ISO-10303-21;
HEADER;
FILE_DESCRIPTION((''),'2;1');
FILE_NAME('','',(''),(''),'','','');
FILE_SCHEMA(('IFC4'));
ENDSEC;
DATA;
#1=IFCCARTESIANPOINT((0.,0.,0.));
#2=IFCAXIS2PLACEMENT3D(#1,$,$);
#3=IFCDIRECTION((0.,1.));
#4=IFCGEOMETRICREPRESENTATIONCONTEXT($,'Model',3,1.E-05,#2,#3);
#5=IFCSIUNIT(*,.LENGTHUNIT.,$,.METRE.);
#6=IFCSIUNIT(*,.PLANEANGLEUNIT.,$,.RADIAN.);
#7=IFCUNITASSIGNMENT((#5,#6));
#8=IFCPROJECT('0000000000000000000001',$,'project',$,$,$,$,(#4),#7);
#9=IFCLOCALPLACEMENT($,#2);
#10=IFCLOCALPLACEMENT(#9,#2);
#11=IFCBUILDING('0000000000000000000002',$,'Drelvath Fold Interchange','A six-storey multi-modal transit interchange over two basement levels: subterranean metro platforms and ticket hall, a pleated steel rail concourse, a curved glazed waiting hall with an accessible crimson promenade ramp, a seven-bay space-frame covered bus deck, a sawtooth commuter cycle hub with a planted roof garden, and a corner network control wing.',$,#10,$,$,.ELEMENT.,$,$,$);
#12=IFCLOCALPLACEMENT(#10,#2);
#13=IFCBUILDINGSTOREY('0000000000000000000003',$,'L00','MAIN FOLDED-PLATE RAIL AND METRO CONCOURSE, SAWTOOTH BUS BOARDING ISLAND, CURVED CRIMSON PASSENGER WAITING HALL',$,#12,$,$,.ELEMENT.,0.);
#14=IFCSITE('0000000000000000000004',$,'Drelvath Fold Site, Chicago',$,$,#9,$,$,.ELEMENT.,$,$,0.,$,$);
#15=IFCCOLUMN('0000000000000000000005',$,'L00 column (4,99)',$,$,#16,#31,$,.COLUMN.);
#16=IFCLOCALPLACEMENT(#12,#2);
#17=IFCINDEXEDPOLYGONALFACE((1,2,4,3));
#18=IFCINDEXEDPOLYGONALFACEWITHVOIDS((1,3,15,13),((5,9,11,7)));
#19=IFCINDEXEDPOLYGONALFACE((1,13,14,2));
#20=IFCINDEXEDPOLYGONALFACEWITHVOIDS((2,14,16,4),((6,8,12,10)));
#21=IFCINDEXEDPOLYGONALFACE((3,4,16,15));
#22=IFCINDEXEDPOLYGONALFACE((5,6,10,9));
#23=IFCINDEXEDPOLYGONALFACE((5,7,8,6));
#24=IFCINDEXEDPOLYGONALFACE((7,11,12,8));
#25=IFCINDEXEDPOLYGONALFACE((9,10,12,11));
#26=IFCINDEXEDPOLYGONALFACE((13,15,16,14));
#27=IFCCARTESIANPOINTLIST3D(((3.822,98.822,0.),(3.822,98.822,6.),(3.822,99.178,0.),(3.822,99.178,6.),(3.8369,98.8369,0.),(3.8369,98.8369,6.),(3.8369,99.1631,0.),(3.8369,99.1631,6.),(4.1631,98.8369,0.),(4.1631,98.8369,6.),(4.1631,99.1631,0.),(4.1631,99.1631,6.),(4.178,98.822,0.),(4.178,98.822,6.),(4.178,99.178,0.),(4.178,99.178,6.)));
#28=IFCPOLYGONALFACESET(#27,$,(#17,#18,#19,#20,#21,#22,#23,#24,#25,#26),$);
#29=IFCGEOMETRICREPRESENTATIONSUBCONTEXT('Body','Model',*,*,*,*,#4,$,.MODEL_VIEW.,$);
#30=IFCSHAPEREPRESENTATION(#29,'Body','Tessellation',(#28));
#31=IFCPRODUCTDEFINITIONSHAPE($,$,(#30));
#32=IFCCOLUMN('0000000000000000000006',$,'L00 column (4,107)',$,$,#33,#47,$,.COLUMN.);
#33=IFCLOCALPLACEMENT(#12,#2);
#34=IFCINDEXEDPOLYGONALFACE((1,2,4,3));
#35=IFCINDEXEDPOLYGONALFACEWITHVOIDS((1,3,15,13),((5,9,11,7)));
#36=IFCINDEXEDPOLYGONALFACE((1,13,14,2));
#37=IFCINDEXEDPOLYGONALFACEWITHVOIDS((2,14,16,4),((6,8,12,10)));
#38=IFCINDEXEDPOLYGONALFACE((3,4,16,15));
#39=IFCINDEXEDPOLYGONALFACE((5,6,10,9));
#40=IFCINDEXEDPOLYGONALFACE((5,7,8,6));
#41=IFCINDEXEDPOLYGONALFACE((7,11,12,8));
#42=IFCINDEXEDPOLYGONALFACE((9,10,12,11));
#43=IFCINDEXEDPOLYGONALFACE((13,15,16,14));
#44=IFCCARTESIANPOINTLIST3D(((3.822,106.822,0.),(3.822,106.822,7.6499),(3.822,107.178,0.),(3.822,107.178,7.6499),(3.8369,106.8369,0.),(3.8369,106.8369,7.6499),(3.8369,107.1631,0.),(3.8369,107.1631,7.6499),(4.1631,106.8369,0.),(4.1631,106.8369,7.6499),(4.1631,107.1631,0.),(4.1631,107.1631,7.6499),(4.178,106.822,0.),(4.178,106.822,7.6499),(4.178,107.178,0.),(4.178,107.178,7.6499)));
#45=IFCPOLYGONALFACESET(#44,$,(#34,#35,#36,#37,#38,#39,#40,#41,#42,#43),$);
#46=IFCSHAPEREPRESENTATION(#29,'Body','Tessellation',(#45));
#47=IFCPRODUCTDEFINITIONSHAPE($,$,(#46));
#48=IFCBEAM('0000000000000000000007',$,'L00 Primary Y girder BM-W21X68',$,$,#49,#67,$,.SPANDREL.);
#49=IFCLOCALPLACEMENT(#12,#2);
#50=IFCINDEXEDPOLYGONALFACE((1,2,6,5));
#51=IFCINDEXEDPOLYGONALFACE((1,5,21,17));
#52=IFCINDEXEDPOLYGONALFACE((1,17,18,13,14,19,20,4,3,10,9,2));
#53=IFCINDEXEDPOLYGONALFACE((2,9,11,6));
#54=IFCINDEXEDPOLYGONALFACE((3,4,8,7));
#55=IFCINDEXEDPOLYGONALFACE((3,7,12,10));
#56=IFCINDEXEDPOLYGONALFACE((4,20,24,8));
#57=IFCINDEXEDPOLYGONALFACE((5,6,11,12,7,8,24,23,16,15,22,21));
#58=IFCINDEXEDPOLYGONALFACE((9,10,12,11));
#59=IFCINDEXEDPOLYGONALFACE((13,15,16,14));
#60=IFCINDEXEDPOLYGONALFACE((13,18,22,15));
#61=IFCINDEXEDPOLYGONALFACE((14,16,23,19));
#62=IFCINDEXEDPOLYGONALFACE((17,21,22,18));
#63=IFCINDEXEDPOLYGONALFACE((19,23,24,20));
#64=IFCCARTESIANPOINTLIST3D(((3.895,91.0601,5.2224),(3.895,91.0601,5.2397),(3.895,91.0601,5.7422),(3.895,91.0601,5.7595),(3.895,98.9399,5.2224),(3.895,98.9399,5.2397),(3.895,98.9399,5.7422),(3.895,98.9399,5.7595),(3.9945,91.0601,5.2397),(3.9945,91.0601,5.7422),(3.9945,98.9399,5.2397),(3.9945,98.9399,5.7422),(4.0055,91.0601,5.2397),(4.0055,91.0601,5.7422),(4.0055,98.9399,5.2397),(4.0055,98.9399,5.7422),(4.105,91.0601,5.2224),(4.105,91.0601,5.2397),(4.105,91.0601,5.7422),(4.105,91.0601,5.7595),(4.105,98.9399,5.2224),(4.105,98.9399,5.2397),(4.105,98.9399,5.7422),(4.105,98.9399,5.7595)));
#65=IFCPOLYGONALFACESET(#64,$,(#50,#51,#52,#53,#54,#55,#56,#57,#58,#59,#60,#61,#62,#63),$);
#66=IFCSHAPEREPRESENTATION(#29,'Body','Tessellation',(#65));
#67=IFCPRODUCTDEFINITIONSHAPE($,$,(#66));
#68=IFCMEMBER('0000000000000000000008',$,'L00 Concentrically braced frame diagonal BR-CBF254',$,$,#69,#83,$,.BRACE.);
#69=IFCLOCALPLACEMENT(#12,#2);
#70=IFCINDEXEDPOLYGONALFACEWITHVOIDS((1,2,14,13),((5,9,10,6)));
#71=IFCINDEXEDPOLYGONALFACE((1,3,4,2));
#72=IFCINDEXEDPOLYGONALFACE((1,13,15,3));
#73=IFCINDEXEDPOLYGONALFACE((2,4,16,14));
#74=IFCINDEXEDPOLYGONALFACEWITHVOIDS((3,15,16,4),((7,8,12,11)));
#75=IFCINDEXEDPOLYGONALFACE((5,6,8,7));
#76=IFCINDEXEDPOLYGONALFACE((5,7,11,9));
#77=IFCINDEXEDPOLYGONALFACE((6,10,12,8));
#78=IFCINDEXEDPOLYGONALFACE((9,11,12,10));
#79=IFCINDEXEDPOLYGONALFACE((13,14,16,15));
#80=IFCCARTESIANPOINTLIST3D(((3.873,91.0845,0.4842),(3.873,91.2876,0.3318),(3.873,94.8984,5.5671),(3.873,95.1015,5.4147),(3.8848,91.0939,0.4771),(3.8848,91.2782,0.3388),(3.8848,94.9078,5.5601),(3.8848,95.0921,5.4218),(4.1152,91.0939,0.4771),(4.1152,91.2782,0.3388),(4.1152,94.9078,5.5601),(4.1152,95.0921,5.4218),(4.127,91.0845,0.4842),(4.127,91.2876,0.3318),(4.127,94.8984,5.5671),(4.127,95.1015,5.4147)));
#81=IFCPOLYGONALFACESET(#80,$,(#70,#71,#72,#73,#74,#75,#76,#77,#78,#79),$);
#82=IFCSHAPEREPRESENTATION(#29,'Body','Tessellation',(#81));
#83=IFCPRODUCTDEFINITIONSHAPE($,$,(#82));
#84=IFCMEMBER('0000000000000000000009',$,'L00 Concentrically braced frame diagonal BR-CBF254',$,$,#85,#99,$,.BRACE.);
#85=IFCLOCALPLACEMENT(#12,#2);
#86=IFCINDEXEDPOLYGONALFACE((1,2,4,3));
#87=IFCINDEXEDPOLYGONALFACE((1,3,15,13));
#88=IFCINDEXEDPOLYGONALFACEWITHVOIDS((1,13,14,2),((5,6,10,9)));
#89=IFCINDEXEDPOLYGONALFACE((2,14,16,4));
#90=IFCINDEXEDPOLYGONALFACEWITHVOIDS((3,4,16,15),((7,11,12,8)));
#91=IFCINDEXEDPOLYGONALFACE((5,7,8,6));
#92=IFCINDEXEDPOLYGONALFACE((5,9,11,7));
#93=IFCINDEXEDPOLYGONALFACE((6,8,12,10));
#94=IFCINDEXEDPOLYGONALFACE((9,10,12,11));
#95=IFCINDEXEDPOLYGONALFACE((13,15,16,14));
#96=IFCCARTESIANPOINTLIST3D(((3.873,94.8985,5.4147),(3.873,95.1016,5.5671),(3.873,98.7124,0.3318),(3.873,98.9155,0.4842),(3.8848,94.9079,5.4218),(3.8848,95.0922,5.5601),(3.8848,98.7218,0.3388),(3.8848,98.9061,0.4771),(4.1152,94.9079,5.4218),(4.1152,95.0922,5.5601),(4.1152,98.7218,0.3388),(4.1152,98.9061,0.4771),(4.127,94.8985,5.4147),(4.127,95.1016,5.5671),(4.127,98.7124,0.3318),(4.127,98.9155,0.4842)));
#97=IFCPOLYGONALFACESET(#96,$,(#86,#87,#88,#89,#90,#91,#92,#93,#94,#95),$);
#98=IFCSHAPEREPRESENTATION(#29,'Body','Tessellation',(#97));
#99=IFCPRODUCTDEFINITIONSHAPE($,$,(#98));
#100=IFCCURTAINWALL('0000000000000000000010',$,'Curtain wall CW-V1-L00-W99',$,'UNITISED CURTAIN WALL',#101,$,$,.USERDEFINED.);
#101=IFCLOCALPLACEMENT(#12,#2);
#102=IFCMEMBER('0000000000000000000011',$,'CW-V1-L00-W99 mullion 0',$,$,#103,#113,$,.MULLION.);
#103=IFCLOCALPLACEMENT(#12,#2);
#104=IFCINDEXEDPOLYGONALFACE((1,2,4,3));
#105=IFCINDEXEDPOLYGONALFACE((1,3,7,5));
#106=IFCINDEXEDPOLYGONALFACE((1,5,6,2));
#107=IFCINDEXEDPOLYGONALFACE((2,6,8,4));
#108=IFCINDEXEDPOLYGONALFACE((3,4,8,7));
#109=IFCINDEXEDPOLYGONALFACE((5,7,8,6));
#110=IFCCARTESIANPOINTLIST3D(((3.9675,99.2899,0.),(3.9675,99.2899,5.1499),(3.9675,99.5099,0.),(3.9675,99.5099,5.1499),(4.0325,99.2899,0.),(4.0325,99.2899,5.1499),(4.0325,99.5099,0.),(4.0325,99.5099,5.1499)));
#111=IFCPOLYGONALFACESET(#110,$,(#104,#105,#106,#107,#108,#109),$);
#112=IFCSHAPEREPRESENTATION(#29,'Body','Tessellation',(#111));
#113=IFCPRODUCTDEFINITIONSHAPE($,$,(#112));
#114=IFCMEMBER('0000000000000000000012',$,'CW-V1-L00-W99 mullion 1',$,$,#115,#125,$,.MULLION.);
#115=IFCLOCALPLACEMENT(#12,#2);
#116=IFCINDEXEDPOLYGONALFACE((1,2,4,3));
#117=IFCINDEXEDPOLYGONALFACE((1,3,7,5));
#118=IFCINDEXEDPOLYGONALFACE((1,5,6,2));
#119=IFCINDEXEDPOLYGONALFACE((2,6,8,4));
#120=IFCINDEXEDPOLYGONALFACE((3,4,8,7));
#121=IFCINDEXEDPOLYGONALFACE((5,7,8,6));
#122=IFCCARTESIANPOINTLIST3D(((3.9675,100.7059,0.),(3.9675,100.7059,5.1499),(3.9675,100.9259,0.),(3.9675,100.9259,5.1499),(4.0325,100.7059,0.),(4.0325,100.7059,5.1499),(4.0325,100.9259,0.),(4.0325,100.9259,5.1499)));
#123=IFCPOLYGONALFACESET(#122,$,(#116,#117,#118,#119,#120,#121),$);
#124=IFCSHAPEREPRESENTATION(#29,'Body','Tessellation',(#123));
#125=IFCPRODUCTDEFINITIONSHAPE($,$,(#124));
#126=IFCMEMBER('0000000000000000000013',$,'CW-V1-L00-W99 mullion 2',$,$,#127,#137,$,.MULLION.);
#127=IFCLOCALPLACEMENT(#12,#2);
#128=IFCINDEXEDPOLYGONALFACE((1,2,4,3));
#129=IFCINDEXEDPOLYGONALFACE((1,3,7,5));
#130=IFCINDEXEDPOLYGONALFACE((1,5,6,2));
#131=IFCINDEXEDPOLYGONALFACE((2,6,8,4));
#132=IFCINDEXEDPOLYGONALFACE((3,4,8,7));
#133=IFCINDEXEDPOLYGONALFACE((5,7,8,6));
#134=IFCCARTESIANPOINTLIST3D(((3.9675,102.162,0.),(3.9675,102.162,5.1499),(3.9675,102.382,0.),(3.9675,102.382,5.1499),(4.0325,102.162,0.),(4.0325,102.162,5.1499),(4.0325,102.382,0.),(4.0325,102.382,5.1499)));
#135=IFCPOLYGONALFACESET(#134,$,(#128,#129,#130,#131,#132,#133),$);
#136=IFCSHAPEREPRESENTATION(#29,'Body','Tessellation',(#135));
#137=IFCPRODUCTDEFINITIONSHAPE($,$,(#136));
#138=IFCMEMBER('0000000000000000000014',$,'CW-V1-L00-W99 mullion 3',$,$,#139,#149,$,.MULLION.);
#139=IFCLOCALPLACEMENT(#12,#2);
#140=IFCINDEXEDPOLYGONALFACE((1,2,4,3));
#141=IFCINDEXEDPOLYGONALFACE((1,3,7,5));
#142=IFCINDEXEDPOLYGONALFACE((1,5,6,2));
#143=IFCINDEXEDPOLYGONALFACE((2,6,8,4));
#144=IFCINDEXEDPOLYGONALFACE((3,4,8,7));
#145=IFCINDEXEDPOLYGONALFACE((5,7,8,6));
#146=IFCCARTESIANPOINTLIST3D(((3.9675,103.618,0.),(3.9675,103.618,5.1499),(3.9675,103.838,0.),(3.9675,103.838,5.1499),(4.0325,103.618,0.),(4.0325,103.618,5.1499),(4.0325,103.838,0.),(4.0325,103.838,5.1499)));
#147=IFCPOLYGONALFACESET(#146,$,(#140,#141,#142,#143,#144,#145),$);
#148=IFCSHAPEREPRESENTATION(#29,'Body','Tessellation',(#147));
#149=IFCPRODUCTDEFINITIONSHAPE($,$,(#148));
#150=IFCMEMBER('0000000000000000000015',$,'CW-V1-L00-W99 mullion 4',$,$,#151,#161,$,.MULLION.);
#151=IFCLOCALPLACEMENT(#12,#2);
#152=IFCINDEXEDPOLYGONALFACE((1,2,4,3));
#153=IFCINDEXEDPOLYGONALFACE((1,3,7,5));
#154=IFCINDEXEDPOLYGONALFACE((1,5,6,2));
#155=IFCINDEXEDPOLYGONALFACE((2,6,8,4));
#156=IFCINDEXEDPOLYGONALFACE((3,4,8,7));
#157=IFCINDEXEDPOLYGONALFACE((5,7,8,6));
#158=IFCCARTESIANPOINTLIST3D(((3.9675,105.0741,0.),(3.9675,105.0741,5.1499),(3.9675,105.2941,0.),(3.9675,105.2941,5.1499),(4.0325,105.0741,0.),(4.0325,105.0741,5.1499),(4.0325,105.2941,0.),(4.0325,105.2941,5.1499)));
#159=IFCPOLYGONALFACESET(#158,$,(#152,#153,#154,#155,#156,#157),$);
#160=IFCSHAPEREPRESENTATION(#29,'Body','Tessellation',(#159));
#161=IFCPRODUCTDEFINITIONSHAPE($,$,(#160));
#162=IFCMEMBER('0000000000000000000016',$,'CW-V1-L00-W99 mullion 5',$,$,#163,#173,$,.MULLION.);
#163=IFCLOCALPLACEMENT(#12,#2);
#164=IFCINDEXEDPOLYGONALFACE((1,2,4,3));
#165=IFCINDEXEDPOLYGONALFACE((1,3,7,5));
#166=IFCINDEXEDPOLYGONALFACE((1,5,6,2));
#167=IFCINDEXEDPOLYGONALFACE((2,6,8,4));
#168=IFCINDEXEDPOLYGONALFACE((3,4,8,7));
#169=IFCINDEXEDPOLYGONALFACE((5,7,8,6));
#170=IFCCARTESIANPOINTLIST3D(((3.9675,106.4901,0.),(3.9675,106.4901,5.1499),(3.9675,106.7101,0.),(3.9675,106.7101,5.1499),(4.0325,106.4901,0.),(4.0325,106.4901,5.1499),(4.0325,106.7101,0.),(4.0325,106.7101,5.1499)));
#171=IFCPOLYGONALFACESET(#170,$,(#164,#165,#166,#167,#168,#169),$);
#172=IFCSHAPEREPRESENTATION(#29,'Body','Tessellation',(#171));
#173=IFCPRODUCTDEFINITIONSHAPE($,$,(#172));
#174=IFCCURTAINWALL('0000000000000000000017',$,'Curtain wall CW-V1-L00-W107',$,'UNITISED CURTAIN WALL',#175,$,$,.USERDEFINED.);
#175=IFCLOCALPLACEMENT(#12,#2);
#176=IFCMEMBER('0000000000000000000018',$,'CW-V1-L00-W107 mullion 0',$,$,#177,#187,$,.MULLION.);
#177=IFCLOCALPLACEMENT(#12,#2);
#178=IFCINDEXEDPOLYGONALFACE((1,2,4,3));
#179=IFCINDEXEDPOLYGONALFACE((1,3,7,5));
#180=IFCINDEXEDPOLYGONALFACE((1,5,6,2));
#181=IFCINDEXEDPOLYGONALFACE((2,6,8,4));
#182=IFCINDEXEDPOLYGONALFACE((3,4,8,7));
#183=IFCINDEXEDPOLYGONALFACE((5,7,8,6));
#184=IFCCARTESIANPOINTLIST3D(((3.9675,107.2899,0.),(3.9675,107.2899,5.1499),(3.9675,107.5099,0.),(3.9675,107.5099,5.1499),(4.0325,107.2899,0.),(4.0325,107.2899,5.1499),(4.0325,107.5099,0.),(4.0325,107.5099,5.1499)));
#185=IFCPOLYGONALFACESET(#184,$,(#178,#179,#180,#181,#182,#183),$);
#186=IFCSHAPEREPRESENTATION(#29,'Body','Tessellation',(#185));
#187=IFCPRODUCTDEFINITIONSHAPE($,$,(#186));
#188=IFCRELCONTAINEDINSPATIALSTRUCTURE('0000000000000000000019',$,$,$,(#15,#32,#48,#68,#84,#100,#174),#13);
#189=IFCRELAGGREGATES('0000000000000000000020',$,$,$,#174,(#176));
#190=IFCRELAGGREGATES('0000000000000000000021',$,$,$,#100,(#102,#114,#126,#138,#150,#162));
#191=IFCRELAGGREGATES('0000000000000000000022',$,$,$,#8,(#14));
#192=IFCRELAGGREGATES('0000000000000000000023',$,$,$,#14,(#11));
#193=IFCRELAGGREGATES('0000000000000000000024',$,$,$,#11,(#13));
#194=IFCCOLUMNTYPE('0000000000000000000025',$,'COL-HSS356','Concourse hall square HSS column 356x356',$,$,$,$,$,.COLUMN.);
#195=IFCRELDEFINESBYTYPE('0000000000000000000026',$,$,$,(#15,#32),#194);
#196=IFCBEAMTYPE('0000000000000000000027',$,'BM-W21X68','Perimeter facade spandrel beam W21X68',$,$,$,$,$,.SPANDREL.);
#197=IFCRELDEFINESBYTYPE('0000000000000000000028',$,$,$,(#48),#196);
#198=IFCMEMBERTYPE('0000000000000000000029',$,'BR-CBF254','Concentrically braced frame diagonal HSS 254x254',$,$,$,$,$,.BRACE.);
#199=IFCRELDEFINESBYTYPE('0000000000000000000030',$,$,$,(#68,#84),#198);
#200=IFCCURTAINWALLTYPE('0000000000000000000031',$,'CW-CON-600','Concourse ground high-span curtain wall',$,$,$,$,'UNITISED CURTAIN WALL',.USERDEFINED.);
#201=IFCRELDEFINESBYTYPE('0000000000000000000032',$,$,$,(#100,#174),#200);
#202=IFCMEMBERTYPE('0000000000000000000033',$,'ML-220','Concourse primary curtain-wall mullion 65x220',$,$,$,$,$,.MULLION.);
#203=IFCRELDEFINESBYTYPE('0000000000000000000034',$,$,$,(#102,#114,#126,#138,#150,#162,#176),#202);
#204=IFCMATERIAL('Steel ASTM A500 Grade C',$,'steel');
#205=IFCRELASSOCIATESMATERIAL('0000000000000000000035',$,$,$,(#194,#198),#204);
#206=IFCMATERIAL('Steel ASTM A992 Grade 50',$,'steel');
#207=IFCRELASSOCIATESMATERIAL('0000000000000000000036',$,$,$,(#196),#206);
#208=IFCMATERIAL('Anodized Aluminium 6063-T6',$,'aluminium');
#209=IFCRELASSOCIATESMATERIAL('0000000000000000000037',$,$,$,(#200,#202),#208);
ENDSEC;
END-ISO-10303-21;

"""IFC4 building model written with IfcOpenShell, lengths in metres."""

from ifc_helpers import new_model, si_unit, direction, frame, origin, origin_2d, place, context, subcontext, project, spatial, rectangle, hollow_rectangle, i_section, extrude, material, material_profile, profile_set, type_object, element, aggregate, save


model = new_model("IFC4")

# Units and contexts
model_context = context("Model", 3, precision=1e-05, world=origin(), true_north=direction((0.0, 1.0)))
body_context = subcontext(model_context, "Body", "Model", "MODEL_VIEW")
ifc_project = project(units=[si_unit("LENGTHUNIT", "METRE"), si_unit("PLANEANGLEUNIT", "RADIAN")], contexts=[model_context])

# Site, building, storey
site_placement = place(None, origin())
site = spatial("IfcSite", under=ifc_project, at=site_placement, Name="Drelvath Fold Site, Chicago", CompositionType="ELEMENT", RefElevation=0.0)
building_placement = place(site_placement, origin())
building = spatial("IfcBuilding", under=site, at=building_placement, Name="Drelvath Fold Interchange", Description="A six-storey multi-modal transit interchange over two basement levels: subterranean metro platforms and ticket hall, a pleated steel rail concourse, a curved glazed waiting hall with an accessible crimson promenade ramp, a seven-bay space-frame covered bus deck, a sawtooth commuter cycle hub with a planted roof garden, and a corner network control wing.", CompositionType="ELEMENT")
storey_placement = place(building_placement, origin())
storey = spatial("IfcBuildingStorey", under=building, at=storey_placement, Name="L00", Description="MAIN FOLDED-PLATE RAIL AND METRO CONCOURSE, SAWTOOTH BUS BOARDING ISLAND, CURVED CRIMSON PASSENGER WAITING HALL", CompositionType="ELEMENT", Elevation=0.0)

# Columns
ifc_material_1 = material(Name="Steel ASTM A500 Grade C", Category="steel")
ifc_material_profile_1 = material_profile(ifc_material_1, hollow_rectangle(XDim=0.356, YDim=0.356, WallThickness=0.0149, at=origin_2d()), Name="HSS14X14X5/8")
ifc_profile_set_1 = profile_set([ifc_material_profile_1], Name="Steel ASTM A500 Grade C")
column_type = type_object("IfcColumnType", Name="COL-HSS356", Description="Concourse hall square HSS column 356x356", PredefinedType="COLUMN", material=ifc_profile_set_1)
column_1_placement = place(storey_placement, frame((4.0, 99.0, 0.0), z_axis=(0.0, 0.0, 1.0), x_axis=(1.0, 0.0, 0.0)))
element("IfcColumn", 1, at=column_1_placement, inside=storey, type_object=column_type, Name="L00 column (4,99)", PredefinedType="COLUMN", context=body_context, shape_type="SweptSolid", body=[
    extrude(hollow_rectangle(XDim=0.356, YDim=0.356, WallThickness=0.0149, at=origin_2d()), origin(), (0.0, 0.0, 1.0), 6.0),
])
column_2_placement = place(storey_placement, frame((4.0, 107.0, 0.0), z_axis=(0.0, 0.0, 1.0), x_axis=(1.0, 0.0, 0.0)))
element("IfcColumn", 2, at=column_2_placement, inside=storey, type_object=column_type, Name="L00 column (4,107)", PredefinedType="COLUMN", context=body_context, shape_type="SweptSolid", body=[
    extrude(hollow_rectangle(XDim=0.356, YDim=0.356, WallThickness=0.0149, at=origin_2d()), origin(), (0.0, 0.0, 1.0), 7.6499),
])

# Beam
ifc_material_2 = material(Name="Steel ASTM A992 Grade 50", Category="steel")
ifc_material_profile_2 = material_profile(ifc_material_2, i_section(OverallWidth=0.21, OverallDepth=0.5371, WebThickness=0.011, FlangeThickness=0.0173, at=origin_2d()), Name="W21X68")
ifc_profile_set_2 = profile_set([ifc_material_profile_2], Name="Steel ASTM A992 Grade 50")
beam_type = type_object("IfcBeamType", Name="BM-W21X68", Description="Perimeter facade spandrel beam W21X68", PredefinedType="SPANDREL", material=ifc_profile_set_2)
beam_placement = place(storey_placement, frame((4.0, 91.0601, 5.491), z_axis=(0.0, 1.0, 0.0), x_axis=(-1.0, 0.0, 0.0)))
element("IfcBeam", 3, at=beam_placement, inside=storey, type_object=beam_type, Name="L00 Primary Y girder BM-W21X68", PredefinedType="SPANDREL", context=body_context, shape_type="SweptSolid", body=[
    extrude(i_section(OverallWidth=0.21, OverallDepth=0.5371, WebThickness=0.011, FlangeThickness=0.0173, at=origin_2d()), origin(), (0.0, 0.0, 1.0), 7.8799),
])

# Members
ifc_material_profile_3 = material_profile(ifc_material_1, hollow_rectangle(XDim=0.2539, YDim=0.2539, WallThickness=0.0117, at=origin_2d()), Name="HSS10X10X1/2")
ifc_profile_set_3 = profile_set([ifc_material_profile_3], Name="Steel ASTM A500 Grade C")
member_type_1 = type_object("IfcMemberType", Name="BR-CBF254", Description="Concentrically braced frame diagonal HSS 254x254", PredefinedType="BRACE", material=ifc_profile_set_3)
for number, where, z_axis, x_axis, name in (
    (4, (4.0, 91.186, 0.408), (0.0, 0.600172, 0.799871), (-1.0, 0.0, 0.0), "L00 Concentrically braced frame diagonal BR-CBF254"),
    (5, (4.0, 98.814, 0.408), (0.0, -0.600172, 0.799871), (1.0, 0.0, 0.0), "L00 Concentrically braced frame diagonal BR-CBF254"),
):
    element("IfcMember", number, at=place(storey_placement, frame(where, z_axis=z_axis, x_axis=x_axis)), inside=storey, type_object=member_type_1, Name=name, PredefinedType="BRACE", context=body_context, shape_type="SweptSolid", body=[
        extrude(hollow_rectangle(XDim=0.2539, YDim=0.2539, WallThickness=0.0117, at=origin_2d()), origin(), (0.0, 0.0, 1.0), 6.3547),
    ])

# Curtain wall, members
ifc_material_3 = material(Name="Anodized Aluminium 6063-T6", Category="aluminium")
curtain_wall_type = type_object("IfcCurtainWallType", Name="CW-CON-600", Description="Concourse ground high-span curtain wall", ElementType="UNITISED CURTAIN WALL", PredefinedType="USERDEFINED", material=ifc_material_3)
curtain_wall_1_placement = place(storey_placement, origin())
curtain_wall_1 = element("IfcCurtainWall", 6, at=curtain_wall_1_placement, inside=storey, type_object=curtain_wall_type, Name="Curtain wall CW-V1-L00-W99", ObjectType="UNITISED CURTAIN WALL", PredefinedType="USERDEFINED")
ifc_material_profile_4 = material_profile(ifc_material_3, rectangle(XDim=0.0649, YDim=0.22, at=origin_2d()), Name="AL-M 65x220")
ifc_profile_set_4 = profile_set([ifc_material_profile_4], Name="Anodized Aluminium 6063-T6")
member_type_2 = type_object("IfcMemberType", Name="ML-220", Description="Concourse primary curtain-wall mullion 65x220", PredefinedType="MULLION", material=ifc_profile_set_4)
member_1_placement = place(storey_placement, frame((4.0, 99.3999, 0.0), z_axis=(0.0, 0.0, 1.0), x_axis=(1.0, 0.0, 0.0)))
member_1 = element("IfcMember", 7, at=member_1_placement, type_object=member_type_2, Name="CW-V1-L00-W99 mullion 0", PredefinedType="MULLION", context=body_context, shape_type="SweptSolid", body=[
    extrude(rectangle(XDim=0.0649, YDim=0.22, at=origin_2d()), origin(), (0.0, 0.0, 1.0), 5.1499),
])
member_2_placement = place(storey_placement, frame((4.0, 100.8159, 0.0), z_axis=(0.0, 0.0, 1.0), x_axis=(1.0, 0.0, 0.0)))
member_2 = element("IfcMember", 8, at=member_2_placement, type_object=member_type_2, Name="CW-V1-L00-W99 mullion 1", PredefinedType="MULLION", context=body_context, shape_type="SweptSolid", body=[
    extrude(rectangle(XDim=0.0649, YDim=0.22, at=origin_2d()), origin(), (0.0, 0.0, 1.0), 5.1499),
])
member_3_placement = place(storey_placement, frame((4.0, 102.272, 0.0), z_axis=(0.0, 0.0, 1.0), x_axis=(1.0, 0.0, 0.0)))
member_3 = element("IfcMember", 9, at=member_3_placement, type_object=member_type_2, Name="CW-V1-L00-W99 mullion 2", PredefinedType="MULLION", context=body_context, shape_type="SweptSolid", body=[
    extrude(rectangle(XDim=0.0649, YDim=0.22, at=origin_2d()), origin(), (0.0, 0.0, 1.0), 5.1499),
])
member_4_placement = place(storey_placement, frame((4.0, 103.728, 0.0), z_axis=(0.0, 0.0, 1.0), x_axis=(1.0, 0.0, 0.0)))
member_4 = element("IfcMember", 10, at=member_4_placement, type_object=member_type_2, Name="CW-V1-L00-W99 mullion 3", PredefinedType="MULLION", context=body_context, shape_type="SweptSolid", body=[
    extrude(rectangle(XDim=0.0649, YDim=0.22, at=origin_2d()), origin(), (0.0, 0.0, 1.0), 5.1499),
])
member_5_placement = place(storey_placement, frame((4.0, 105.1841, 0.0), z_axis=(0.0, 0.0, 1.0), x_axis=(1.0, 0.0, 0.0)))
member_5 = element("IfcMember", 11, at=member_5_placement, type_object=member_type_2, Name="CW-V1-L00-W99 mullion 4", PredefinedType="MULLION", context=body_context, shape_type="SweptSolid", body=[
    extrude(rectangle(XDim=0.0649, YDim=0.22, at=origin_2d()), origin(), (0.0, 0.0, 1.0), 5.1499),
])
member_6_placement = place(storey_placement, frame((4.0, 106.6001, 0.0), z_axis=(0.0, 0.0, 1.0), x_axis=(1.0, 0.0, 0.0)))
member_6 = element("IfcMember", 12, at=member_6_placement, type_object=member_type_2, Name="CW-V1-L00-W99 mullion 5", PredefinedType="MULLION", context=body_context, shape_type="SweptSolid", body=[
    extrude(rectangle(XDim=0.0649, YDim=0.22, at=origin_2d()), origin(), (0.0, 0.0, 1.0), 5.1499),
])

# Curtain wall, member
curtain_wall_2_placement = place(storey_placement, origin())
curtain_wall_2 = element("IfcCurtainWall", 13, at=curtain_wall_2_placement, inside=storey, type_object=curtain_wall_type, Name="Curtain wall CW-V1-L00-W107", ObjectType="UNITISED CURTAIN WALL", PredefinedType="USERDEFINED")
member_7_placement = place(storey_placement, frame((4.0, 107.3999, 0.0), z_axis=(0.0, 0.0, 1.0), x_axis=(1.0, 0.0, 0.0)))
member_7 = element("IfcMember", 14, at=member_7_placement, type_object=member_type_2, Name="CW-V1-L00-W107 mullion 0", PredefinedType="MULLION", context=body_context, shape_type="SweptSolid", body=[
    extrude(rectangle(XDim=0.0649, YDim=0.22, at=origin_2d()), origin(), (0.0, 0.0, 1.0), 5.1499),
])

aggregate(curtain_wall_2, [member_7])

aggregate(curtain_wall_1, [member_1, member_2, member_3, member_4, member_5, member_6])

save(model, "model.ifc")
